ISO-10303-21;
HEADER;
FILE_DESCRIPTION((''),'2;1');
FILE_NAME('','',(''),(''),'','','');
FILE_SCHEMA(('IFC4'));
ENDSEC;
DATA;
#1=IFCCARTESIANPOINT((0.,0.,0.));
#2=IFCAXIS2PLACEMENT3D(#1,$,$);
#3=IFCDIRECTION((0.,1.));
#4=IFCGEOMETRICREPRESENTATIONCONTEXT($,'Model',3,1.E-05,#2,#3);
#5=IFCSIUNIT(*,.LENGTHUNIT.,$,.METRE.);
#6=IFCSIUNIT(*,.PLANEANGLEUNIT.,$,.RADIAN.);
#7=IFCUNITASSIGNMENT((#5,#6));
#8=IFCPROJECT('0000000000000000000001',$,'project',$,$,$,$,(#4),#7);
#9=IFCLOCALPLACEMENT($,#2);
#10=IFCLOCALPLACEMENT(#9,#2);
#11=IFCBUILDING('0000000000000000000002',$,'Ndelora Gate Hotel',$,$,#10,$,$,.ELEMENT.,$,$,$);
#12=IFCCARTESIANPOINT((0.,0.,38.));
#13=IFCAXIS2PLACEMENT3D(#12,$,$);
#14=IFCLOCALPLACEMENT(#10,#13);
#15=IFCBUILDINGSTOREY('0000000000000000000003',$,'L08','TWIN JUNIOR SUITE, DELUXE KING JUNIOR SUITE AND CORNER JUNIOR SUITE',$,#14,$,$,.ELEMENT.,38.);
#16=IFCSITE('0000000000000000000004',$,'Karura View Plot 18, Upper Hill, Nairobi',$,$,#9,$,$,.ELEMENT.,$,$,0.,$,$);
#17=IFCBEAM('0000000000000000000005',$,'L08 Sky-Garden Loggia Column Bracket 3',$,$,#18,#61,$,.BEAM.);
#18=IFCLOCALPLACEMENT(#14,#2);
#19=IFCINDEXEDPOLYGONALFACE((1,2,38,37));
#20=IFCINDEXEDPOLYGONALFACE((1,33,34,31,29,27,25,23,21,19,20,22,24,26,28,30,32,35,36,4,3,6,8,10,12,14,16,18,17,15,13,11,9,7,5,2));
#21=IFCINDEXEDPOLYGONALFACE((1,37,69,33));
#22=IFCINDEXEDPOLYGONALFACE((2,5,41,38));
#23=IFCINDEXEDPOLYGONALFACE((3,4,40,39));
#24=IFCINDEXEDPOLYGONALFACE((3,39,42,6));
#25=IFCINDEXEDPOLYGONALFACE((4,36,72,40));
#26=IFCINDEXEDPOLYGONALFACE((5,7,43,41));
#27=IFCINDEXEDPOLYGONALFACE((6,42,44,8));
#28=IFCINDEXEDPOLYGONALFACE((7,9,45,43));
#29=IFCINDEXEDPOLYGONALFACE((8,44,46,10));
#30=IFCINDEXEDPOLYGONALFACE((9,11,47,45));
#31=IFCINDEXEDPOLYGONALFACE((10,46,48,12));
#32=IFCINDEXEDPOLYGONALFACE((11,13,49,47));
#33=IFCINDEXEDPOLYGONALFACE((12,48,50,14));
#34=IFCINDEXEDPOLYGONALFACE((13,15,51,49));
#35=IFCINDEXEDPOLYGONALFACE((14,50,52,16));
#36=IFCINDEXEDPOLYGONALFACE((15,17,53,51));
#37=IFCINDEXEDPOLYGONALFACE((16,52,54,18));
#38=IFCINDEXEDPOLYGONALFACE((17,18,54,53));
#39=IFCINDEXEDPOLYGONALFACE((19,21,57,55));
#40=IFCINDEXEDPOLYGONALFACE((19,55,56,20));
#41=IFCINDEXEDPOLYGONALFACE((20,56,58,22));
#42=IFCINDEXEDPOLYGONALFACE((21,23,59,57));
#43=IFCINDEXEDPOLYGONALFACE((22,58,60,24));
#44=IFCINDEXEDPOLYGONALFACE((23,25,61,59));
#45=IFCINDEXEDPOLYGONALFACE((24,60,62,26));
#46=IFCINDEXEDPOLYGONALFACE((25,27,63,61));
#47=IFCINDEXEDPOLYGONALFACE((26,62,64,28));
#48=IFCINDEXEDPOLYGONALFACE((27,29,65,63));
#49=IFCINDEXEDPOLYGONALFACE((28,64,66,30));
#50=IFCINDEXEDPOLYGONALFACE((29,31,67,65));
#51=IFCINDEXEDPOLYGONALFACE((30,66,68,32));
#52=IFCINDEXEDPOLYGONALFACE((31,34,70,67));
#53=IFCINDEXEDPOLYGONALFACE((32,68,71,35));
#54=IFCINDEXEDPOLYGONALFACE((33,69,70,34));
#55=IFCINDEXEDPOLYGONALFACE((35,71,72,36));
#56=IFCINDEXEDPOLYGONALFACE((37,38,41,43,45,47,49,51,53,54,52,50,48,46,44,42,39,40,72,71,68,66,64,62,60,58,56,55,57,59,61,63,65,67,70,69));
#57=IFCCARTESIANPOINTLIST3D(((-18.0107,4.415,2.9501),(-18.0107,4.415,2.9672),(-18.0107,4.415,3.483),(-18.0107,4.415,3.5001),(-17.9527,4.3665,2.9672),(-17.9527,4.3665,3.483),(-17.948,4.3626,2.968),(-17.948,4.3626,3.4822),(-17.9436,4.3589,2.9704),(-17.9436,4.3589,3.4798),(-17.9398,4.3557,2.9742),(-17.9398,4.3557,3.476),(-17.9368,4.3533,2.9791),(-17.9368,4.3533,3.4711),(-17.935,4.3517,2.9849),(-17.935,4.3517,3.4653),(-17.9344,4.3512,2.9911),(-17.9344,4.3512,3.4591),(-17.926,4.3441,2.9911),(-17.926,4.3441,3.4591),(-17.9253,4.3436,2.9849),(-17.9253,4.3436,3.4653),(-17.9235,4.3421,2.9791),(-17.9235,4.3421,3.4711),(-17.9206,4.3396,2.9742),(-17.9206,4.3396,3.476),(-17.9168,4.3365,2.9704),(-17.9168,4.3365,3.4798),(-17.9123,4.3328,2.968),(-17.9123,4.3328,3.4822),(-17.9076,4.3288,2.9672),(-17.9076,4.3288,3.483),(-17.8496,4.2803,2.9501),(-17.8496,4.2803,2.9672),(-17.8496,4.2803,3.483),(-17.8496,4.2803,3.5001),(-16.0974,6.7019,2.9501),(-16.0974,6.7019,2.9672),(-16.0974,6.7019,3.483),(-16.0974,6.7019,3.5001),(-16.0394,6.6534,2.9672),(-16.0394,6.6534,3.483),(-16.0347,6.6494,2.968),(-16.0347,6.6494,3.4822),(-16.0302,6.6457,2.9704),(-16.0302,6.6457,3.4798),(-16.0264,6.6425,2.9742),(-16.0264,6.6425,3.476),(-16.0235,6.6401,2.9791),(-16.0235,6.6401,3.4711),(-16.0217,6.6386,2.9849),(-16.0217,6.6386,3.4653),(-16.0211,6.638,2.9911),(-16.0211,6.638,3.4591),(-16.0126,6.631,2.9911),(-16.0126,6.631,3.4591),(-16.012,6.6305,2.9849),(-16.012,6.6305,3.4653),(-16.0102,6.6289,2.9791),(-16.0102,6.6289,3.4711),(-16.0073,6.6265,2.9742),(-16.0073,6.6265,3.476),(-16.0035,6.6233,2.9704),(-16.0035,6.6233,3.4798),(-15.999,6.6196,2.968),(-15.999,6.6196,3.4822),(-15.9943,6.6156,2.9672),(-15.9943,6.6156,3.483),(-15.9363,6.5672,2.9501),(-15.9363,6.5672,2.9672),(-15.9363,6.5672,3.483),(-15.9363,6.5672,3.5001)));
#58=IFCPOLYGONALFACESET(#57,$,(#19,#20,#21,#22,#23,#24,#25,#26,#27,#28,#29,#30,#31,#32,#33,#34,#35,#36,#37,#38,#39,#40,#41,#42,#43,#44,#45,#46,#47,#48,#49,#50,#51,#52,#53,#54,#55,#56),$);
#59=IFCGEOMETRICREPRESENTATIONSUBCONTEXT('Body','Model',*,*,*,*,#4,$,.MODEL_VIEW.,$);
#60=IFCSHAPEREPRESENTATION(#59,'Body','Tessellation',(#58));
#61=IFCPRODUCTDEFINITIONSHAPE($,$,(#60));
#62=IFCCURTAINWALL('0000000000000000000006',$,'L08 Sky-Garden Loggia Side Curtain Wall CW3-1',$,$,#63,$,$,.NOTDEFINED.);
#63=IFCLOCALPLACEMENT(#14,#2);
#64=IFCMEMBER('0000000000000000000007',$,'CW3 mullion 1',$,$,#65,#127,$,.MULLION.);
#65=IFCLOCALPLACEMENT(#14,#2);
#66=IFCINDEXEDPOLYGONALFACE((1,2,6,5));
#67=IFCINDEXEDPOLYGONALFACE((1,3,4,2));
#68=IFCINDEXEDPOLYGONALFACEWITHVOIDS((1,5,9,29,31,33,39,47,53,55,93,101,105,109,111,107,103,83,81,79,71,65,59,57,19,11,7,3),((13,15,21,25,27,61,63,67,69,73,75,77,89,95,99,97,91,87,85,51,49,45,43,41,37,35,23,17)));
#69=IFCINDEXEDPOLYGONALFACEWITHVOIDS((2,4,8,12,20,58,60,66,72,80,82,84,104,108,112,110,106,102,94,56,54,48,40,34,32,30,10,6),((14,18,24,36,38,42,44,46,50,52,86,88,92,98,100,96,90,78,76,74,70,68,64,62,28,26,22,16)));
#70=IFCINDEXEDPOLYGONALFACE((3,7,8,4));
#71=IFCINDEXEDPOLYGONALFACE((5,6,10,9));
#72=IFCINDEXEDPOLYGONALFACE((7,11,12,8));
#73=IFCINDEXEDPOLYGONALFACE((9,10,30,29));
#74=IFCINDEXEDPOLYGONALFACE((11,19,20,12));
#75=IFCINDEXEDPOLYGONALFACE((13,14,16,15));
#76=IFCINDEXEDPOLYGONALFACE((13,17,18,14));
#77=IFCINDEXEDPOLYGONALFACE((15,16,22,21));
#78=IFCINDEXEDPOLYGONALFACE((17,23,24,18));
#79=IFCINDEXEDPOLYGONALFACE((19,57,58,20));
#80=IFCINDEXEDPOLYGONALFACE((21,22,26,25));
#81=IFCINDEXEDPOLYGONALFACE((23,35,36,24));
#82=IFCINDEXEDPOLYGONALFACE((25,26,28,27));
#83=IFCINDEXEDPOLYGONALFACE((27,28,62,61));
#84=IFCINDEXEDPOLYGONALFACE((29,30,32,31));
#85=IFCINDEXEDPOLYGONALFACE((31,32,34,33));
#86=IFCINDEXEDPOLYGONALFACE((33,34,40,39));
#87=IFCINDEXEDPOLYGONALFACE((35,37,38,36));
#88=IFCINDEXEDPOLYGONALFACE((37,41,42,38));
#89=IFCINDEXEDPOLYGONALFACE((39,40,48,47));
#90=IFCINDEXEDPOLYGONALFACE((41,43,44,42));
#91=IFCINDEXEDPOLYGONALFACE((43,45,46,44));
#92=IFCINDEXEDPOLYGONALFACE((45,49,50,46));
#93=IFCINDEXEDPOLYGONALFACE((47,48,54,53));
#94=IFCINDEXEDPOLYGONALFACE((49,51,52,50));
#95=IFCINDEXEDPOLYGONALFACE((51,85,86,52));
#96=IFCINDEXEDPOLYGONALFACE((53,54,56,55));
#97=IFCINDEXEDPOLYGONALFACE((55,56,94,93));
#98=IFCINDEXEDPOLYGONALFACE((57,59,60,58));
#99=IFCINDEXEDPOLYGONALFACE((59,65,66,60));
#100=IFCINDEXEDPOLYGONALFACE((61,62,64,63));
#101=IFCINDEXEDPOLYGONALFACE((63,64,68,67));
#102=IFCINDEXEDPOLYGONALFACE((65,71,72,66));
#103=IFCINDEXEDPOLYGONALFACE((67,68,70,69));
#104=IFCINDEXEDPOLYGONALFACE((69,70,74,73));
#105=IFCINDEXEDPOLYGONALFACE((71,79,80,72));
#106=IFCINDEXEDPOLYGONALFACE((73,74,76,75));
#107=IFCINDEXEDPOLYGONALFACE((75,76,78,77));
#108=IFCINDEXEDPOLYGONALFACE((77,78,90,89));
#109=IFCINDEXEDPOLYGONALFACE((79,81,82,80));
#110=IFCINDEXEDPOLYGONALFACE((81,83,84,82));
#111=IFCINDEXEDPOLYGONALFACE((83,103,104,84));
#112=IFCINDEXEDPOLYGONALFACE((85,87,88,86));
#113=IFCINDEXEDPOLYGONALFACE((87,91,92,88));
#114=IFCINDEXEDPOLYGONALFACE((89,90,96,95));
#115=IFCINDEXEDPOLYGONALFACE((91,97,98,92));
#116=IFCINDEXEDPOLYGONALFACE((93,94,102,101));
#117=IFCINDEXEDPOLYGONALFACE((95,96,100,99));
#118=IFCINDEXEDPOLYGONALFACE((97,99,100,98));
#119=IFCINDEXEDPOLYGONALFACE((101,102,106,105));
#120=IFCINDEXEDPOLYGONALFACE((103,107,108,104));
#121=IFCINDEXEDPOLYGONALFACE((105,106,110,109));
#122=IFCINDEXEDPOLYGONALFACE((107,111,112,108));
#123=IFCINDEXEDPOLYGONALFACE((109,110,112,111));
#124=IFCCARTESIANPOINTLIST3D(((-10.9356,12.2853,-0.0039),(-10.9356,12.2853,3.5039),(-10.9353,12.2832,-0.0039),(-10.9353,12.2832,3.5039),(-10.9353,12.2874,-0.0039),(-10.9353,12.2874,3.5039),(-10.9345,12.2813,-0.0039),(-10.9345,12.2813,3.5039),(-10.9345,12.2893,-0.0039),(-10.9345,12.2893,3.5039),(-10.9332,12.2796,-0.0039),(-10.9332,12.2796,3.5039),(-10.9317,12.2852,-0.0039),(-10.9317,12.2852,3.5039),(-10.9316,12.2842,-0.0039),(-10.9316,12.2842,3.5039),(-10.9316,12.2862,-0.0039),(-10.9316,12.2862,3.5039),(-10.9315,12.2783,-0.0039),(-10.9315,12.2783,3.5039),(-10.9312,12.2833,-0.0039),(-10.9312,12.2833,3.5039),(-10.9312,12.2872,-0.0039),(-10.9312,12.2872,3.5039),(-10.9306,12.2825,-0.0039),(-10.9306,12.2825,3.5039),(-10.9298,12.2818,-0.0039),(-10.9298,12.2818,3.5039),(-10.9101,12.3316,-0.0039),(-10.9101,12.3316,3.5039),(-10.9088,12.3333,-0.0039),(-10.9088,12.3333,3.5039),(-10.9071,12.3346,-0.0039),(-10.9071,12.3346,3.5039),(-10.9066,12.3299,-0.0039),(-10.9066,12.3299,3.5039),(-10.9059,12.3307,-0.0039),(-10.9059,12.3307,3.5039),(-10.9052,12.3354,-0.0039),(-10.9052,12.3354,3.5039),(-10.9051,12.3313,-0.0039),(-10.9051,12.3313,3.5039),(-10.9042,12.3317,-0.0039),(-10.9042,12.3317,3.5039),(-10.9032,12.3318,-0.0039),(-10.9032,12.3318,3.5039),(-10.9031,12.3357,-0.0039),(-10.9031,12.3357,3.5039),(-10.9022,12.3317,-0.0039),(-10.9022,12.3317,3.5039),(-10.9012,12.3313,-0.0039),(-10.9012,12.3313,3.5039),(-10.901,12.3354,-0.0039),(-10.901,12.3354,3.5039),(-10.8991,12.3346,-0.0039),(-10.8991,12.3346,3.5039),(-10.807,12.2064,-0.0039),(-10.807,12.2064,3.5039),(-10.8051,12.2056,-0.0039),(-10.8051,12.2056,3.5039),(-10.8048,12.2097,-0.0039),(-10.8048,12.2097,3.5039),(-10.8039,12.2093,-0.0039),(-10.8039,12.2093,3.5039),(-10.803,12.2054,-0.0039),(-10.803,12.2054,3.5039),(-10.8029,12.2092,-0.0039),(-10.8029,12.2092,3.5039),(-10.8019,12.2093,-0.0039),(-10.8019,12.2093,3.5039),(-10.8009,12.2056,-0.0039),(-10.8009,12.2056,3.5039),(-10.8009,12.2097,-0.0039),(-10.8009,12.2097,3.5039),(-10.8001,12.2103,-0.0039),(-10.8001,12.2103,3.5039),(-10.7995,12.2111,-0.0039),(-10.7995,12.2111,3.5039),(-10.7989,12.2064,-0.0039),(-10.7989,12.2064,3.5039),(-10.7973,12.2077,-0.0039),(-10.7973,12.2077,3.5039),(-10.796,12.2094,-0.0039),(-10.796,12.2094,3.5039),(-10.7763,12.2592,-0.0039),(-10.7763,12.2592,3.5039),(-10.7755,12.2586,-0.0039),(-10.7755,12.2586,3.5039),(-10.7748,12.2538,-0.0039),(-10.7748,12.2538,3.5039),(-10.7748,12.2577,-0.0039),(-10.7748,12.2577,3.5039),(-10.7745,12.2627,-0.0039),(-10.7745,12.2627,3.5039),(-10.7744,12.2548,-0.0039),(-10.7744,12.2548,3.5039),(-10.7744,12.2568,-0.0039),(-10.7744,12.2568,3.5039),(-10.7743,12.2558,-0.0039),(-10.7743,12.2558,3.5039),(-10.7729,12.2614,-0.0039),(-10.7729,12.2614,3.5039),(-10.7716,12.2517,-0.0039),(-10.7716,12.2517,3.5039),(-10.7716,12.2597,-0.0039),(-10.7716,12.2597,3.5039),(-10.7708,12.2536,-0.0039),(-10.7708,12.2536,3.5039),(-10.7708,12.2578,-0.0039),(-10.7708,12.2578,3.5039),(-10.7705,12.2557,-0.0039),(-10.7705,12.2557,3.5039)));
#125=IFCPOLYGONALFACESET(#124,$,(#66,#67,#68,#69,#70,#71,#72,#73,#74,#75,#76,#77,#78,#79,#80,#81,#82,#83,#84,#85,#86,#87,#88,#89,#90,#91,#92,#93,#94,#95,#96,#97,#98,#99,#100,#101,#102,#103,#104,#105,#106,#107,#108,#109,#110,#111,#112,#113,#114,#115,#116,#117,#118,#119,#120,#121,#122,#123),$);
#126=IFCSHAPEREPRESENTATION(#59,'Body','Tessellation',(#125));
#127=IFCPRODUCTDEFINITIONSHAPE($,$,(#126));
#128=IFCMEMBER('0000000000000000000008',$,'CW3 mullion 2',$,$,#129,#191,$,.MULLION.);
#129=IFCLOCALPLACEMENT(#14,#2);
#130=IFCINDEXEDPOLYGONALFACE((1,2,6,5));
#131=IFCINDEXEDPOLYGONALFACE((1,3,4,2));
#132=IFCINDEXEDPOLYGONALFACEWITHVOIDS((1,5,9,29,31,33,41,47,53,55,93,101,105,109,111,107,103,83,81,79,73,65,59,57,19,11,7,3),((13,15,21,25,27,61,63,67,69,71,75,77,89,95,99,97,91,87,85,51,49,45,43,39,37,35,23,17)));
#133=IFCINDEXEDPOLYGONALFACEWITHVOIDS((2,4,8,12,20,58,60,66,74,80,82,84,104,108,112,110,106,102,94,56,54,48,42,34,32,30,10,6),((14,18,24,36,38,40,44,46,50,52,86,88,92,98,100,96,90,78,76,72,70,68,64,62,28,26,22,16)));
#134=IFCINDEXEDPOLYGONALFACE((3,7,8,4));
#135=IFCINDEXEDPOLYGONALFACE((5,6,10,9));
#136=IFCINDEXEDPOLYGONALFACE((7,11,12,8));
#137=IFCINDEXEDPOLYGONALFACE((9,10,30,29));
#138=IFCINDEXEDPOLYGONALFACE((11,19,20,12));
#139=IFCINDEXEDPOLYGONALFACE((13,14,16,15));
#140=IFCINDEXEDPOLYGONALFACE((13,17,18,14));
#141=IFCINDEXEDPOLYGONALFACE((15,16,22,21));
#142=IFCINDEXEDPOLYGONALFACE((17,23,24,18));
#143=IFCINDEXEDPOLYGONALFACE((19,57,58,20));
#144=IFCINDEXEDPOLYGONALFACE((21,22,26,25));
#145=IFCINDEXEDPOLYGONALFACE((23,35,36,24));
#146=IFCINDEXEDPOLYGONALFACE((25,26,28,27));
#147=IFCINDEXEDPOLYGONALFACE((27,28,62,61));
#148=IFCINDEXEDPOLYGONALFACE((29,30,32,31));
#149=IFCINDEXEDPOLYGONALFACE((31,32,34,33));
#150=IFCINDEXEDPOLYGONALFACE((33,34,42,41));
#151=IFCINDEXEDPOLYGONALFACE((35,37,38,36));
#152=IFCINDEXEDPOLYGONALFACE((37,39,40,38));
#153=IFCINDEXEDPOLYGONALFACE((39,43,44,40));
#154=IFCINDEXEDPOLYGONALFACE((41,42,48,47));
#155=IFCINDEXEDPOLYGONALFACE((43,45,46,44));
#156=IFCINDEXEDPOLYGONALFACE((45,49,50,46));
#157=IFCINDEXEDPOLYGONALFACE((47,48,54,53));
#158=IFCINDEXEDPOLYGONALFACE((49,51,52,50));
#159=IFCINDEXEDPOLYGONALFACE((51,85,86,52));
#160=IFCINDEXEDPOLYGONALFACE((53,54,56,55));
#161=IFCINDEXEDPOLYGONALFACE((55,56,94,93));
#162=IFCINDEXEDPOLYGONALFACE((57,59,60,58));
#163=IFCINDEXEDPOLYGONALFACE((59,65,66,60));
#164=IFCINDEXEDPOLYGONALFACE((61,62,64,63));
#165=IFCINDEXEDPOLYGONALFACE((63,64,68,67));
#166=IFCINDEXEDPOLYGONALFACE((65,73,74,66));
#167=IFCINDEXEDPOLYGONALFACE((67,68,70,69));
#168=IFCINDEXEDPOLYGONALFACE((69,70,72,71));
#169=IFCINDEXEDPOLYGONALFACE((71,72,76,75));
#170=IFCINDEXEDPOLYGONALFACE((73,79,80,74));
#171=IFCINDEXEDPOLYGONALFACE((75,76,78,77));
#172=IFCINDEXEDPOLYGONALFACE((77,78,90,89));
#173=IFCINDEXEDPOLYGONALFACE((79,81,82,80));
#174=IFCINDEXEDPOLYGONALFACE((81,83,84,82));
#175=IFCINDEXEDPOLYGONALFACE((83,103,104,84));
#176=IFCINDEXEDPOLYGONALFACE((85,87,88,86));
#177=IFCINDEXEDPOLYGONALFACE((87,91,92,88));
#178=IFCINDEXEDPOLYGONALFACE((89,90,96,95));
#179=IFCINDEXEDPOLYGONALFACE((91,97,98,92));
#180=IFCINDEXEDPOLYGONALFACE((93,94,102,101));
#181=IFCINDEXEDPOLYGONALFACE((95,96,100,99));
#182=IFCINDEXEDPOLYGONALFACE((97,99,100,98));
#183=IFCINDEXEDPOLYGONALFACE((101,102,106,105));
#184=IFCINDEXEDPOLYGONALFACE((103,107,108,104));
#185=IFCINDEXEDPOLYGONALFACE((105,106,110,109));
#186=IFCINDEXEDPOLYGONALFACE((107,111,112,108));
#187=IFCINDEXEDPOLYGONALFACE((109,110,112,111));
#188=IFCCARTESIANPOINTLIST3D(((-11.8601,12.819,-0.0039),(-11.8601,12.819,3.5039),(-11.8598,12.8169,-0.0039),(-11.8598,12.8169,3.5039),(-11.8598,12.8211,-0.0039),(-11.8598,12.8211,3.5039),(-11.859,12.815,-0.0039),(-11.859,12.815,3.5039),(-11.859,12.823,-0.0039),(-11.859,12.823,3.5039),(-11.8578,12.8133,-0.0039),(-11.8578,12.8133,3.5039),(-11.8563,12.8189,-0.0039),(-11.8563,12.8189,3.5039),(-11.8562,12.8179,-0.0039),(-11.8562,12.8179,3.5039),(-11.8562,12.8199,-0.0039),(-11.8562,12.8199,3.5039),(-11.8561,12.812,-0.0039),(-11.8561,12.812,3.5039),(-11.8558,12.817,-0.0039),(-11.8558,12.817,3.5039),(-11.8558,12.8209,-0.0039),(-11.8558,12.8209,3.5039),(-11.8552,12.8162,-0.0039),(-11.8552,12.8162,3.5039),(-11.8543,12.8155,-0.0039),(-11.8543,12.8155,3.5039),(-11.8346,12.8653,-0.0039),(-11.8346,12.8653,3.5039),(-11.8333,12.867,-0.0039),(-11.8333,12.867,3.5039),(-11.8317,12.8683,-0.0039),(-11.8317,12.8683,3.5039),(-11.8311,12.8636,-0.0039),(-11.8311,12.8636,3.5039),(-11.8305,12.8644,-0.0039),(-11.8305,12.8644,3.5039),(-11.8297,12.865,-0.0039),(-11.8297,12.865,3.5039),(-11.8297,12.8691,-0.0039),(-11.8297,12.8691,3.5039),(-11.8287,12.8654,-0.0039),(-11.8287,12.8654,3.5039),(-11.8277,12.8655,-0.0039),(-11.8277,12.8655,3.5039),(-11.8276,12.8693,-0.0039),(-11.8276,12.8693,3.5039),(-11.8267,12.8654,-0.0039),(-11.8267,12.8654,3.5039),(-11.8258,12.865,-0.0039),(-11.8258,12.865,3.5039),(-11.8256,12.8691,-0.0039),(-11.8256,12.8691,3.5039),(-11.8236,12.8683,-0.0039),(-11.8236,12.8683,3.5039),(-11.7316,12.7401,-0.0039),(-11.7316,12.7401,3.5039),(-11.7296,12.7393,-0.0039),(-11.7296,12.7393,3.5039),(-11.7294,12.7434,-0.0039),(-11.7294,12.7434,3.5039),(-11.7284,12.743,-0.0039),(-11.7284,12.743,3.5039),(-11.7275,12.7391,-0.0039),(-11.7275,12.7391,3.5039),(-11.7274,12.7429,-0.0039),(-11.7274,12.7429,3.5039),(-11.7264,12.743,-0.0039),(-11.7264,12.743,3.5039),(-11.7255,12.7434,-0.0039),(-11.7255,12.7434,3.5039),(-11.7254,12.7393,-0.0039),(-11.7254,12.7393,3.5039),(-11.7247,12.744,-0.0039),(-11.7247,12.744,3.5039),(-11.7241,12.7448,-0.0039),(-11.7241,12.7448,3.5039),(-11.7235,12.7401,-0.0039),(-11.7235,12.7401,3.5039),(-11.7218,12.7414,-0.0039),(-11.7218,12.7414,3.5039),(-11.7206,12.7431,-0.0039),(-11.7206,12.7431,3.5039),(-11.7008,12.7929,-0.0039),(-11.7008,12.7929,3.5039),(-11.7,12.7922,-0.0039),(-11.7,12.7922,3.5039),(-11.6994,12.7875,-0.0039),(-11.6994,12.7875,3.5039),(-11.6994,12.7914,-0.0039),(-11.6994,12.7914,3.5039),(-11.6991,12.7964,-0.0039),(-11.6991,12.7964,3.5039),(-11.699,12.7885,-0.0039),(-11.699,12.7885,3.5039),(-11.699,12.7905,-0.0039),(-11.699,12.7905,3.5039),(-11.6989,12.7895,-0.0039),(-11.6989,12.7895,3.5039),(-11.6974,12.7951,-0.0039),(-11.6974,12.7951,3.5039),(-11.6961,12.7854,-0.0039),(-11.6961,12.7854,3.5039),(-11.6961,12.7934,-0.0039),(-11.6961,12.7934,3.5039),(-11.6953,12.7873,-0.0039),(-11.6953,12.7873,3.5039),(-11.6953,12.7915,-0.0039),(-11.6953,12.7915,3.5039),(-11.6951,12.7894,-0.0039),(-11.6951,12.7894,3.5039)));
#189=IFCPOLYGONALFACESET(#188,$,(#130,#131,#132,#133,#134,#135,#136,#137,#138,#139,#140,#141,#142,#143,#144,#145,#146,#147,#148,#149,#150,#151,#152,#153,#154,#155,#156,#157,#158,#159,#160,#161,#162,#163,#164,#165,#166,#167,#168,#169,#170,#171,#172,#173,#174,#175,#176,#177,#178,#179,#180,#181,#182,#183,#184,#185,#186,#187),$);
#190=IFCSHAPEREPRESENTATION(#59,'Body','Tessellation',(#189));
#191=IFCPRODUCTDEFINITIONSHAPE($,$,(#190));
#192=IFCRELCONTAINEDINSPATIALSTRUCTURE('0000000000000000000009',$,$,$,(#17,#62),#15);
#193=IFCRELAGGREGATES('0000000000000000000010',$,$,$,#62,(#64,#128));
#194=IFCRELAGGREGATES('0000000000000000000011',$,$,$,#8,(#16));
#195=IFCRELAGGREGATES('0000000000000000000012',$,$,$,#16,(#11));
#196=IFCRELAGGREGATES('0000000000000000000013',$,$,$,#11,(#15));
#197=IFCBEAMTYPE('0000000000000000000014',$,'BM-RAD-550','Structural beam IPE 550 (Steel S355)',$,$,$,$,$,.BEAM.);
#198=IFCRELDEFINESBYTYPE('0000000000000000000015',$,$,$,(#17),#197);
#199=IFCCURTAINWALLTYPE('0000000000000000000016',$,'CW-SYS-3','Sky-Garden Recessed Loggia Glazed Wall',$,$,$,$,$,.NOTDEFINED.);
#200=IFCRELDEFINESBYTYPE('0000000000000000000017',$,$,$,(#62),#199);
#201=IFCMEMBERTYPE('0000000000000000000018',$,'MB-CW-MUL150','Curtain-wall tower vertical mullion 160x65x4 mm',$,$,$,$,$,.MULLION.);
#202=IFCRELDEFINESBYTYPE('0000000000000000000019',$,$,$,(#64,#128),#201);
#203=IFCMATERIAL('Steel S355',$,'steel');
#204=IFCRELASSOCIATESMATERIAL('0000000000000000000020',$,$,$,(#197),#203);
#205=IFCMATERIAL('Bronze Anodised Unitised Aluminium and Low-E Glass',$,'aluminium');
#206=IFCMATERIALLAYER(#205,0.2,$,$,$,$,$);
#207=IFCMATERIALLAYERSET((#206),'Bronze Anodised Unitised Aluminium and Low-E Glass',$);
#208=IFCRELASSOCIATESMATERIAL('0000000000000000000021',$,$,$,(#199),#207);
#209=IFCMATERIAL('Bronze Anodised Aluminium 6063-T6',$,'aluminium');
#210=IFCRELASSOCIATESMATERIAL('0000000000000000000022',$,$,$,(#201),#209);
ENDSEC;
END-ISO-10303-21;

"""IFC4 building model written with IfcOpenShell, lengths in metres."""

from ifc_helpers import new_model, si_unit, direction, frame, origin, origin_2d, place, context, subcontext, project, spatial, hollow_rectangle, i_section, extrude, material, layer, layer_set, material_profile, profile_set, type_object, element, aggregate, save


model = new_model("IFC4")

# Units and contexts
model_context = context("Model", 3, precision=1e-05, world=origin(), true_north=direction((0.0, 1.0)))
body_context = subcontext(model_context, "Body", "Model", "MODEL_VIEW")
ifc_project = project(units=[si_unit("LENGTHUNIT", "METRE"), si_unit("PLANEANGLEUNIT", "RADIAN")], contexts=[model_context])

# Site, building, storey
site_placement = place(None, origin())
site = spatial("IfcSite", under=ifc_project, at=site_placement, Name="Karura View Plot 18, Upper Hill, Nairobi", CompositionType="ELEMENT", RefElevation=0.0)
building_placement = place(site_placement, origin())
building = spatial("IfcBuilding", under=site, at=building_placement, Name="Ndelora Gate Hotel", CompositionType="ELEMENT")
storey_placement = place(building_placement, frame((0.0, 0.0, 38.0)))
storey = spatial("IfcBuildingStorey", under=building, at=storey_placement, Name="L08", Description="TWIN JUNIOR SUITE, DELUXE KING JUNIOR SUITE AND CORNER JUNIOR SUITE", CompositionType="ELEMENT", Elevation=38.0)

# Beam
ifc_material_1 = material(Name="Steel S355", Category="steel")
ifc_material_profile_1 = material_profile(ifc_material_1, i_section(OverallWidth=0.21, OverallDepth=0.55, WebThickness=0.011, FlangeThickness=0.0171, FilletRadius=0.0239, at=origin_2d()), Name="IPE 550")
ifc_profile_set_1 = profile_set([ifc_material_profile_1], Name="Steel S355")
beam_type = type_object("IfcBeamType", Name="BM-RAD-550", Description="Structural beam IPE 550 (Steel S355)", PredefinedType="BEAM", material=ifc_profile_set_1)
beam_placement = place(storey_placement, frame((-16.0168, 6.6345, 3.2251), z_axis=(-0.641689, -0.766965, 0.0), x_axis=(0.766965, -0.641689, 0.0)))
element("IfcBeam", 1, at=beam_placement, inside=storey, type_object=beam_type, Name="L08 Sky-Garden Loggia Column Bracket 3", PredefinedType="BEAM", context=body_context, shape_type="SweptSolid", body=[
    extrude(i_section(OverallWidth=0.21, OverallDepth=0.55, WebThickness=0.011, FlangeThickness=0.0171, FilletRadius=0.0239, at=origin_2d()), origin(), (0.0, 0.0, 1.0), 2.9817),
])

# Curtain wall, members
ifc_material_2 = material(Name="Bronze Anodised Unitised Aluminium and Low-E Glass", Category="aluminium")
ifc_layer_1 = layer(ifc_material_2, 0.2)
ifc_layer_set_1 = layer_set([ifc_layer_1], Name="Bronze Anodised Unitised Aluminium and Low-E Glass")
curtain_wall_type = type_object("IfcCurtainWallType", Name="CW-SYS-3", Description="Sky-Garden Recessed Loggia Glazed Wall", PredefinedType="NOTDEFINED", material=ifc_layer_set_1)
curtain_wall_placement = place(storey_placement, origin())
curtain_wall = element("IfcCurtainWall", 2, at=curtain_wall_placement, inside=storey, type_object=curtain_wall_type, Name="L08 Sky-Garden Loggia Side Curtain Wall CW3-1", PredefinedType="NOTDEFINED")
ifc_material_3 = material(Name="Bronze Anodised Aluminium 6063-T6", Category="aluminium")
ifc_material_profile_2 = material_profile(ifc_material_3, hollow_rectangle(XDim=0.0649, YDim=0.1599, WallThickness=0.0039, InnerFilletRadius=0.0039, OuterFilletRadius=0.0081, at=origin_2d()), Name="ALU 160x65x4")
ifc_profile_set_2 = profile_set([ifc_material_profile_2], Name="Bronze Anodised Aluminium 6063-T6")
member_type_1 = type_object("IfcMemberType", Name="MB-CW-MUL150", Description="Curtain-wall tower vertical mullion 160x65x4 mm", PredefinedType="MULLION", material=ifc_profile_set_2)
member_1_placement = place(storey_placement, frame((-10.853, 12.2705, -0.0039), z_axis=(0.0, 0.0, 1.0), x_axis=(-0.499991, -0.86603, 0.0)))
member_1 = element("IfcMember", 3, at=member_1_placement, type_object=member_type_1, Name="CW3 mullion 1", PredefinedType="MULLION", context=body_context, shape_type="SweptSolid", body=[
    extrude(hollow_rectangle(XDim=0.0649, YDim=0.1599, WallThickness=0.0039, InnerFilletRadius=0.0039, OuterFilletRadius=0.0081, at=origin_2d()), origin(), (0.0, 0.0, 1.0), 3.5078),
])
member_2_placement = place(storey_placement, frame((-11.7776, 12.8042, -0.0039), z_axis=(0.0, 0.0, 1.0), x_axis=(-0.499991, -0.86603, 0.0)))
member_2 = element("IfcMember", 4, at=member_2_placement, type_object=member_type_1, Name="CW3 mullion 2", PredefinedType="MULLION", context=body_context, shape_type="SweptSolid", body=[
    extrude(hollow_rectangle(XDim=0.0649, YDim=0.1599, WallThickness=0.0039, InnerFilletRadius=0.0039, OuterFilletRadius=0.0081, at=origin_2d()), origin(), (0.0, 0.0, 1.0), 3.5078),
])
aggregate(curtain_wall, [member_1, member_2])

save(model, "model.ifc")
